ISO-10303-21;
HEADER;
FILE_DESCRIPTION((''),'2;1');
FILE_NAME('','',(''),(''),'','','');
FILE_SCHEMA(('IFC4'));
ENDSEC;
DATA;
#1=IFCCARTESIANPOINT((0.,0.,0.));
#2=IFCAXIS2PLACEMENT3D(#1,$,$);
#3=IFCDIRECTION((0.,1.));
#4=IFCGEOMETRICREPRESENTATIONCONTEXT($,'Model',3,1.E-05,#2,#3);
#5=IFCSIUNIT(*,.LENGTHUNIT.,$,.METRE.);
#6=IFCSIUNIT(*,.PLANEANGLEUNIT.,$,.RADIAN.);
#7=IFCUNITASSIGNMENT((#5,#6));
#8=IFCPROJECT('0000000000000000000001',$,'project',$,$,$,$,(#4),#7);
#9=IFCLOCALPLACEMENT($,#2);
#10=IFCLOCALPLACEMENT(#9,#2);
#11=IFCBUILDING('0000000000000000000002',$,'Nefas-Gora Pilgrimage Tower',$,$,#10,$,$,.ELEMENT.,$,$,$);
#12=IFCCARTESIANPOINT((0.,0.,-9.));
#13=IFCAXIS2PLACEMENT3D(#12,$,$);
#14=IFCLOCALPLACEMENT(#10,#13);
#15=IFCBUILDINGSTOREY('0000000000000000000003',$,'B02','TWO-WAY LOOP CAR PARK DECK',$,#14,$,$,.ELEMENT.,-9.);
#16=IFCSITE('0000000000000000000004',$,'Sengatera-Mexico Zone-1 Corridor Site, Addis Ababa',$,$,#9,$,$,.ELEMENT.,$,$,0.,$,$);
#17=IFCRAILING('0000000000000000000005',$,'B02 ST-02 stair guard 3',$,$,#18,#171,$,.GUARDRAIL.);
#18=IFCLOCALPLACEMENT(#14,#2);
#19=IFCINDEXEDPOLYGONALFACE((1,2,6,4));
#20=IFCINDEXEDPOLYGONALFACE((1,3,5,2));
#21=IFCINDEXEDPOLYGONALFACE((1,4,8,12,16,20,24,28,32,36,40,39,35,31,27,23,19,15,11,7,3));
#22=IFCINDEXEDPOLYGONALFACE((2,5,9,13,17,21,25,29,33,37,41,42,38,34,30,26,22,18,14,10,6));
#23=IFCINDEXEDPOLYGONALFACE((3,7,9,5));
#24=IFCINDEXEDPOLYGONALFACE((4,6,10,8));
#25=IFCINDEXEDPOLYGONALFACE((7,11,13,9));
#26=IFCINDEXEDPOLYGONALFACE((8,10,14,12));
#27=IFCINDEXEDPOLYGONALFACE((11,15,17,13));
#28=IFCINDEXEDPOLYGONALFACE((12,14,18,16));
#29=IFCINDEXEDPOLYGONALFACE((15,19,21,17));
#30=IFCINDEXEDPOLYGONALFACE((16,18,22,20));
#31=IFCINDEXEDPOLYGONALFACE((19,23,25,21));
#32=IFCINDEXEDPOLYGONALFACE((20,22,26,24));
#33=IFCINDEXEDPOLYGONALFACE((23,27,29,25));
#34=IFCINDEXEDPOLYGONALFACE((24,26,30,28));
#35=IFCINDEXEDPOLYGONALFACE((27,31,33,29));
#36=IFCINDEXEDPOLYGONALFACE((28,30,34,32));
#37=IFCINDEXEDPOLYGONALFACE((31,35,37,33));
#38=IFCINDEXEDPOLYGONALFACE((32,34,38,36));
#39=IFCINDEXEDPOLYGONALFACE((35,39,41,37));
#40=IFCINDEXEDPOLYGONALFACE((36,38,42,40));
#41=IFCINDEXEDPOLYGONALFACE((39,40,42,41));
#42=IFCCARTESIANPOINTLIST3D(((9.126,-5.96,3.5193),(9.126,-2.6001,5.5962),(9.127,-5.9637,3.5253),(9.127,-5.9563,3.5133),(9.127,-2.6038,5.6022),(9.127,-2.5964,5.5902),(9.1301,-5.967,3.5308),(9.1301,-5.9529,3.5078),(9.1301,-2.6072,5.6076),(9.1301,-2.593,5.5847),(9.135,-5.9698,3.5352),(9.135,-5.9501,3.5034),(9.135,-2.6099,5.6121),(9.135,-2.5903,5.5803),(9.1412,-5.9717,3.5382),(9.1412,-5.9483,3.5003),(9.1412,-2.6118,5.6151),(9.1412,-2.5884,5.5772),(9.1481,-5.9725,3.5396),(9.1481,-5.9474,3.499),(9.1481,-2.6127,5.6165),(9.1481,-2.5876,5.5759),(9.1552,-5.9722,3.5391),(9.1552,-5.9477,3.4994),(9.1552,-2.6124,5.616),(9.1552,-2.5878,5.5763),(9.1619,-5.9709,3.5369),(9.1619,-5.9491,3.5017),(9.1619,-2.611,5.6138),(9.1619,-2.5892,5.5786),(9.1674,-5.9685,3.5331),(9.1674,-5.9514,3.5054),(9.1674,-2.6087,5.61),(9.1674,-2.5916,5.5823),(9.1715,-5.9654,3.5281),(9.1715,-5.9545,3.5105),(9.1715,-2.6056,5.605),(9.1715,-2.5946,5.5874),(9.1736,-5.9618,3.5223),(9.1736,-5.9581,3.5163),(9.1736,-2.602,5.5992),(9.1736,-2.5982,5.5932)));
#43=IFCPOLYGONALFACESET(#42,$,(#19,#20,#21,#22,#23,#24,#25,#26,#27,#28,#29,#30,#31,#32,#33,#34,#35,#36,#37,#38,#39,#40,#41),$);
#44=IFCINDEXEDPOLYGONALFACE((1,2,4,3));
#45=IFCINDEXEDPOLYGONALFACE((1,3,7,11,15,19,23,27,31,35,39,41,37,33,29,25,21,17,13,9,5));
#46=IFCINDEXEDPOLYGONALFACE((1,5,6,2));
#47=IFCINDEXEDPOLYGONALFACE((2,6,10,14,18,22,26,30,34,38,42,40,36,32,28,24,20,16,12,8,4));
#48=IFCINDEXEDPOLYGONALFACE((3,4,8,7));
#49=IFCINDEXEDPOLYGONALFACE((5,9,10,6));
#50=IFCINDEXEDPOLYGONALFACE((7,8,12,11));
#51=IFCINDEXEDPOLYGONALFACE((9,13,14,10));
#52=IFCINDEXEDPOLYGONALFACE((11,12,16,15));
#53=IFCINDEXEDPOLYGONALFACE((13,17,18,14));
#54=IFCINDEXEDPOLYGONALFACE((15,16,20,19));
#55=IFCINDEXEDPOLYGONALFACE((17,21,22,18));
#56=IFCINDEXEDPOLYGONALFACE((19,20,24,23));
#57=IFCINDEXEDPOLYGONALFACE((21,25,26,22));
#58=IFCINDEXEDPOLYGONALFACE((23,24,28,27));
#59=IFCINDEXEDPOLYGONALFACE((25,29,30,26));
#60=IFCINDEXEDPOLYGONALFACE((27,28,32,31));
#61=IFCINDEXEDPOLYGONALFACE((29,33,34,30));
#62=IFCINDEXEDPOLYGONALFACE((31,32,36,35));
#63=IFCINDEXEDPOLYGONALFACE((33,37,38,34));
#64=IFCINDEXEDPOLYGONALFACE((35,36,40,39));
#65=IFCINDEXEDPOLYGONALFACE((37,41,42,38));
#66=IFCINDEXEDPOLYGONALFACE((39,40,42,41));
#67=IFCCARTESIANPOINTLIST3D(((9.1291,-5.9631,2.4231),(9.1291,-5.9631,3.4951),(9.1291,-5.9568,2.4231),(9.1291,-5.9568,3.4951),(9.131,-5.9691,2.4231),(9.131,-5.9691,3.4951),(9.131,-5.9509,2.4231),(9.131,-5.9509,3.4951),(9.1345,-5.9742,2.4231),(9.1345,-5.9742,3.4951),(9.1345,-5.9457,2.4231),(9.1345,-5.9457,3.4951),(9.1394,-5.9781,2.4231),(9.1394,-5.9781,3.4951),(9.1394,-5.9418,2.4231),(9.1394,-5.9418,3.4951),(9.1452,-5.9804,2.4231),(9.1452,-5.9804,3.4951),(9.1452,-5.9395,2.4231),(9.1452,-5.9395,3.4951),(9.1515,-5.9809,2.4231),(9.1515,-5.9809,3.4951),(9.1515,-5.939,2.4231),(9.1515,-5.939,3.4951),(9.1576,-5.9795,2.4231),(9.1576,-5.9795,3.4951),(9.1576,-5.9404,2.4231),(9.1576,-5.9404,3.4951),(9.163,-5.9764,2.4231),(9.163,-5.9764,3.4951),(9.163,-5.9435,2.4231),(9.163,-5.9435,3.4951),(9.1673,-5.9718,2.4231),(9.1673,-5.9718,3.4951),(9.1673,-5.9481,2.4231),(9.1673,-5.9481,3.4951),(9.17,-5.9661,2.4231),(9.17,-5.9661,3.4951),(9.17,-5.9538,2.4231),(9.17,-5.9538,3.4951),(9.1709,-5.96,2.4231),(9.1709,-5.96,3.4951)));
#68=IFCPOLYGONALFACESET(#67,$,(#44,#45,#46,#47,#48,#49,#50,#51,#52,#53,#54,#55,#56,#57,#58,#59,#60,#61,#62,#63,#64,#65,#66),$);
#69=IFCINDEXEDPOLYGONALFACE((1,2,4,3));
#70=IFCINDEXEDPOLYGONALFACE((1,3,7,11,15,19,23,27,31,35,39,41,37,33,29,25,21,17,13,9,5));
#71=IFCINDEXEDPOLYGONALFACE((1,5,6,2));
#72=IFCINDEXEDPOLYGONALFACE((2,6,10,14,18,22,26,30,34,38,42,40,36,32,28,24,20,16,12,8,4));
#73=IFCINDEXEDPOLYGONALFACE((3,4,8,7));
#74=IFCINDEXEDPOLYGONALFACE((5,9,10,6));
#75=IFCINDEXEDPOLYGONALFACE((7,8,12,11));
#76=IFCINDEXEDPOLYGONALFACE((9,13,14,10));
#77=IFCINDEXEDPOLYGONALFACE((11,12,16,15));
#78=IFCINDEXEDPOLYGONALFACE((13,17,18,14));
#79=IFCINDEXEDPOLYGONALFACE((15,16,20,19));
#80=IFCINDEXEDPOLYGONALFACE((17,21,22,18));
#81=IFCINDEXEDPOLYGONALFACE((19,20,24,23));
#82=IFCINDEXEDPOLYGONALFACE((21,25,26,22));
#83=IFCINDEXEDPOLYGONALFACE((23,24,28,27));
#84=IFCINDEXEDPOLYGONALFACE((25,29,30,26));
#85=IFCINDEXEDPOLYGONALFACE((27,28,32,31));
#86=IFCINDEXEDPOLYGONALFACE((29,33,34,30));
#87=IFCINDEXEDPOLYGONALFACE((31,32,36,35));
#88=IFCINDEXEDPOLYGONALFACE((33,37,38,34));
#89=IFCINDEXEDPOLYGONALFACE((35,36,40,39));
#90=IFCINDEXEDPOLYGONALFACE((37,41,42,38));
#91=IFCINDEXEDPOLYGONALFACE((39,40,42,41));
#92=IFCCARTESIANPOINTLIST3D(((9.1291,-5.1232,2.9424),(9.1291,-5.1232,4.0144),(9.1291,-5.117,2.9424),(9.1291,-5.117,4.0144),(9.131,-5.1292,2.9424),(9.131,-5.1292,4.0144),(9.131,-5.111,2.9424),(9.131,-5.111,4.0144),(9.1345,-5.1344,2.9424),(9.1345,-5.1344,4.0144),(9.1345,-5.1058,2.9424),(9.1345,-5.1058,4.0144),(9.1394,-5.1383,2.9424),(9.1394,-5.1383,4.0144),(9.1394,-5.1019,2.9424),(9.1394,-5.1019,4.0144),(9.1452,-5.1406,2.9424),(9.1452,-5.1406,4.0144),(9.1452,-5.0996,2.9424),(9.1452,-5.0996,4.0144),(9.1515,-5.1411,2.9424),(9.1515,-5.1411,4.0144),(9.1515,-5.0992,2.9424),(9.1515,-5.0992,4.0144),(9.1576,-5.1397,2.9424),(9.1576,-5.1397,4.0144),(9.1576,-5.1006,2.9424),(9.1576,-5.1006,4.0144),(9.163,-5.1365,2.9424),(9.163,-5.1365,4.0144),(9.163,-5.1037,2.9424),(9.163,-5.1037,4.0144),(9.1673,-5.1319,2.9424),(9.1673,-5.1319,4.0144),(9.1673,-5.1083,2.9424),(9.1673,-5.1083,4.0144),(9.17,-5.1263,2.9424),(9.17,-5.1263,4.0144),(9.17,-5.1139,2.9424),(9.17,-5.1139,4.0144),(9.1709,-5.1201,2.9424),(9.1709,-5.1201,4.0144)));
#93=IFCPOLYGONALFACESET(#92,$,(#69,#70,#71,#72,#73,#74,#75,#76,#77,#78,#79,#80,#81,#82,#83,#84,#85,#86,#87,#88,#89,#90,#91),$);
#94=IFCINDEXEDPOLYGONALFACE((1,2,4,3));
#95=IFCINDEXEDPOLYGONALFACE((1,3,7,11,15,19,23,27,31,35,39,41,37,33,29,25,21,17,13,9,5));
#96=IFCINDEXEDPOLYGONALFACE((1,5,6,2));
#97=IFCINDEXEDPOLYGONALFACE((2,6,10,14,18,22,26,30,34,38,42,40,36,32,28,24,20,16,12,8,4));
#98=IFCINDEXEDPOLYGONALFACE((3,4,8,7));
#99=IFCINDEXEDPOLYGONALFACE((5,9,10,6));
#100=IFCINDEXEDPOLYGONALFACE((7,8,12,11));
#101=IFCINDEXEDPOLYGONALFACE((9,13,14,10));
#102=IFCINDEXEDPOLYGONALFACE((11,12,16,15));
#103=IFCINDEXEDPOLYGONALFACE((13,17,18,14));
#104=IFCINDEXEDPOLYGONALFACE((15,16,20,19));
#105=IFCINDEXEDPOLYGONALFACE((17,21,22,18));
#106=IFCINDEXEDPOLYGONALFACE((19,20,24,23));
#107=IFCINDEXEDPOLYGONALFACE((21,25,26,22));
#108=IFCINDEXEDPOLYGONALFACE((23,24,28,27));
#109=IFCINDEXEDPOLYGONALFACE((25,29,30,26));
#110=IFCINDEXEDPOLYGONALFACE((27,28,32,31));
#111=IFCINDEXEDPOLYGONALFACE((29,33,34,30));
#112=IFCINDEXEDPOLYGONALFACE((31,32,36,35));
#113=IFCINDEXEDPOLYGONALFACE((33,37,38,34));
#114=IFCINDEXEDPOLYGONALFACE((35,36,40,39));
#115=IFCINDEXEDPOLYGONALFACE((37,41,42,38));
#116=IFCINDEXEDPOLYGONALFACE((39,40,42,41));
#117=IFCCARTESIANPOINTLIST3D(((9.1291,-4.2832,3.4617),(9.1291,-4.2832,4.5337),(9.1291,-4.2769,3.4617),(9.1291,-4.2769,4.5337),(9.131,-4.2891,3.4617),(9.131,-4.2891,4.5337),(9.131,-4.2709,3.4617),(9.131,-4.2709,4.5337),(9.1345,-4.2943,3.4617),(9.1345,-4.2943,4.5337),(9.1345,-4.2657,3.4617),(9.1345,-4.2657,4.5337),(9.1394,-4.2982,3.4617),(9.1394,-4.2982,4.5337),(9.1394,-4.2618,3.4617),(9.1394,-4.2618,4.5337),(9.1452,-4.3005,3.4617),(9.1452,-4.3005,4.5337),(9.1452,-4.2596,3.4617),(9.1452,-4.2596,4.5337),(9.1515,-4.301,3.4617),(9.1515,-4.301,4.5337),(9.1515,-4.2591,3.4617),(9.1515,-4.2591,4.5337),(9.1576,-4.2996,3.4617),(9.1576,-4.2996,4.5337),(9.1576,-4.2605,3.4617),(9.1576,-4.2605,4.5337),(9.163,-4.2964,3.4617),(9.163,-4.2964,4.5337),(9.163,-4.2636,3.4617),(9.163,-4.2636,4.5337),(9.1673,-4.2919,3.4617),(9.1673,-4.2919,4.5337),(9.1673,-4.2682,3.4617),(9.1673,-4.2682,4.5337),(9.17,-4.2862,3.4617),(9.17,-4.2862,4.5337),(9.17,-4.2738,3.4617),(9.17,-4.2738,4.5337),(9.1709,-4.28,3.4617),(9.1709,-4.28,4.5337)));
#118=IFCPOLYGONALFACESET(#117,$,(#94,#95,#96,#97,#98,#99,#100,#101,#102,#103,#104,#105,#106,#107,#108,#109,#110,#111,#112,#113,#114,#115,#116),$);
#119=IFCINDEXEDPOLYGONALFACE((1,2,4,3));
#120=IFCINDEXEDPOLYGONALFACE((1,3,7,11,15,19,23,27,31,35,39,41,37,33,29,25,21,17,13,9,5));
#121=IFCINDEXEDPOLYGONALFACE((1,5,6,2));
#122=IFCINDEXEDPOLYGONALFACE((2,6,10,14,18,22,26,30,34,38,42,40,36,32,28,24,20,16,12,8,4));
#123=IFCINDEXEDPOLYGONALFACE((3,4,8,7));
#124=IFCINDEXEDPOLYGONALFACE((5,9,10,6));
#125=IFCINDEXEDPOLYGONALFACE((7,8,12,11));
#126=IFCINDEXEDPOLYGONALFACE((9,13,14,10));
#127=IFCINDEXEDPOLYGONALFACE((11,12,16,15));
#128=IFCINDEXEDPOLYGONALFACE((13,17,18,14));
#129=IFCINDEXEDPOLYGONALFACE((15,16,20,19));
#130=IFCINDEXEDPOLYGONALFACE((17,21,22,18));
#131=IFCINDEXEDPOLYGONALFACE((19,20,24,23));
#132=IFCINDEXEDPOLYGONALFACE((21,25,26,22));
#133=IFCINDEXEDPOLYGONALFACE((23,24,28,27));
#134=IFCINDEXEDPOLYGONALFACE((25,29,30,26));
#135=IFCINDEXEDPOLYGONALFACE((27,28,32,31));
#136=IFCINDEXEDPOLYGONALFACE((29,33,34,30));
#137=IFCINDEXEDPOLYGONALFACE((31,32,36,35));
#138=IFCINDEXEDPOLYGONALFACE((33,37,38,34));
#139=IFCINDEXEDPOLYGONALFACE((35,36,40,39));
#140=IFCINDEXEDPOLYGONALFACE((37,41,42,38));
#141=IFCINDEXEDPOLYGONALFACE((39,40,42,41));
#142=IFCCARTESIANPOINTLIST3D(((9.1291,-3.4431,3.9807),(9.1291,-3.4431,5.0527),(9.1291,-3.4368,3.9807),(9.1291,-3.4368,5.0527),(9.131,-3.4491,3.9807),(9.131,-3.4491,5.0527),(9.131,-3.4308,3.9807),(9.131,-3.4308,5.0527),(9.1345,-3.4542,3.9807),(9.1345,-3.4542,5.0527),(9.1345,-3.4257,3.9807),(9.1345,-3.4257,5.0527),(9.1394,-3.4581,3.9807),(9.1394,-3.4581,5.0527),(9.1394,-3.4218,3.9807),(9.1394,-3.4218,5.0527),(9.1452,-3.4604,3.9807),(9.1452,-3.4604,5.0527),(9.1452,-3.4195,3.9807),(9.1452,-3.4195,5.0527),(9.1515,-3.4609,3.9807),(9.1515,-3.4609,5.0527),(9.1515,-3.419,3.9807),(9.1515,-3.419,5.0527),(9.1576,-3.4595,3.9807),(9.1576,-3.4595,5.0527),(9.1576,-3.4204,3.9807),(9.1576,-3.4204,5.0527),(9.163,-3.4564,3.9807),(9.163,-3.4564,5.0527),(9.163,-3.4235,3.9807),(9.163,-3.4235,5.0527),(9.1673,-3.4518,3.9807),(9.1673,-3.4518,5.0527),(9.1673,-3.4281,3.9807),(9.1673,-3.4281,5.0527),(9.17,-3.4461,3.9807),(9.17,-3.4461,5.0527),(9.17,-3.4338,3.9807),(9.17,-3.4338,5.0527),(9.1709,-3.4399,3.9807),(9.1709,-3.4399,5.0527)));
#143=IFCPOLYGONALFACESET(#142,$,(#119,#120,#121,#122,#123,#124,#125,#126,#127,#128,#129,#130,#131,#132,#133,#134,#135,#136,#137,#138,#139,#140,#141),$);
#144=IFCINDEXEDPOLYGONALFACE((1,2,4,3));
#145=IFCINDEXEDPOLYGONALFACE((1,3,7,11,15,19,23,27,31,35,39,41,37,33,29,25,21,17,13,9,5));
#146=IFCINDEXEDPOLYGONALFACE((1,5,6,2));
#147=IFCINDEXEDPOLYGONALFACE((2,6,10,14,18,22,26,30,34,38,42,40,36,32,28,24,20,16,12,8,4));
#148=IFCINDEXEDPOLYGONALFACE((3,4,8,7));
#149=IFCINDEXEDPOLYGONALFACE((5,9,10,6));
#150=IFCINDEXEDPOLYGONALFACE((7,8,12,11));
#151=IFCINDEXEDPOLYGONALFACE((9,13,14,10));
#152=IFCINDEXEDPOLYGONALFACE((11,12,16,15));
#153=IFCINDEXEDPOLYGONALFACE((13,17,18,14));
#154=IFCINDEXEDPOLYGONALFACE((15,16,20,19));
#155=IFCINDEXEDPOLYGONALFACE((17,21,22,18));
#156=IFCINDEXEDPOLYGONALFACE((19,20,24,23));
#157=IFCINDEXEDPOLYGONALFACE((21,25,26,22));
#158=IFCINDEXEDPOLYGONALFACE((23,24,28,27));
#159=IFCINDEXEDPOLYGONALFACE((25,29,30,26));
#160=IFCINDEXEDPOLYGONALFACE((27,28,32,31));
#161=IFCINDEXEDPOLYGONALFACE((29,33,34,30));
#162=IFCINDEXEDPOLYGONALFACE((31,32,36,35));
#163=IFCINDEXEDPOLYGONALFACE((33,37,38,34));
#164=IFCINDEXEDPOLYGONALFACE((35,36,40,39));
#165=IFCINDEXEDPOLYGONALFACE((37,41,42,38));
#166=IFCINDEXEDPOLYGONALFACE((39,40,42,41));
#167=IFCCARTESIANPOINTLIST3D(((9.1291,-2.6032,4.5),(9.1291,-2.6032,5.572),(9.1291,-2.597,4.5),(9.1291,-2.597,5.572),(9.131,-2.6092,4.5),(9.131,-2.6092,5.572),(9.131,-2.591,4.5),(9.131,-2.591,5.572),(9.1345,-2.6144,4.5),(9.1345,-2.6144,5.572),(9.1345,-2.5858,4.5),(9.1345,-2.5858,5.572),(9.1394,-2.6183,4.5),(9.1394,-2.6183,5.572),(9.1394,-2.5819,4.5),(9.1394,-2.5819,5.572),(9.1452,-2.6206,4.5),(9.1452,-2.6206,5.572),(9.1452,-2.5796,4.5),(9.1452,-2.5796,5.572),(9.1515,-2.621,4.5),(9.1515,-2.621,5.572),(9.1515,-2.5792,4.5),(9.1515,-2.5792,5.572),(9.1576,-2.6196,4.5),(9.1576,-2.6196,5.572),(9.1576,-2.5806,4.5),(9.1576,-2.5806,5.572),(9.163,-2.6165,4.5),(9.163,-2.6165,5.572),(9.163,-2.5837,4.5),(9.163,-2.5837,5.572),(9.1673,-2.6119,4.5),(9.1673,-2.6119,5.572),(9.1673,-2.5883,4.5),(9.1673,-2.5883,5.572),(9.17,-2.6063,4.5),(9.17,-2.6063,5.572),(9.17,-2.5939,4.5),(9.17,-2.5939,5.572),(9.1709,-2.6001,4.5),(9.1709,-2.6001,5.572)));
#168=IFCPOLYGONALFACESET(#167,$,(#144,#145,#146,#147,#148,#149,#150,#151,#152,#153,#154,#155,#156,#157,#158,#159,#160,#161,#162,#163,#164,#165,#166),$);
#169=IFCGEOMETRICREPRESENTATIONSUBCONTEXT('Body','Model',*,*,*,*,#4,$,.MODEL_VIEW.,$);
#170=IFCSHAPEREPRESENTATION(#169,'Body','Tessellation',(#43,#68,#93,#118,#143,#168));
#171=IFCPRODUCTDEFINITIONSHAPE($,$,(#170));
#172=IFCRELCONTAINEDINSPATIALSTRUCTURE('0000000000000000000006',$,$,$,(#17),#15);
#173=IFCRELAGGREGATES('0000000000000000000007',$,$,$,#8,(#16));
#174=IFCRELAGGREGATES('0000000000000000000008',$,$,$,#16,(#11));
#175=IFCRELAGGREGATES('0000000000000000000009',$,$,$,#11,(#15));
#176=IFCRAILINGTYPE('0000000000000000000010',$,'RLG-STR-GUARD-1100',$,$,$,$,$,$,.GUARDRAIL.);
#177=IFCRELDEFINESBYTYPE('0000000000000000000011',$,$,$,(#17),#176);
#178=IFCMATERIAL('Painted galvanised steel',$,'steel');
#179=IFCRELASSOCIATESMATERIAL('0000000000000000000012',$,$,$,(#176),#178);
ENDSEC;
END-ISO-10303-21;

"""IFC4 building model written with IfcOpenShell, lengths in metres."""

from ifc_helpers import new_model, si_unit, direction, frame, origin, origin_2d, place, context, subcontext, project, spatial, circle, extrude, material, type_object, element, save


model = new_model("IFC4")

# Units and contexts
model_context = context("Model", 3, precision=1e-05, world=origin(), true_north=direction((0.0, 1.0)))
body_context = subcontext(model_context, "Body", "Model", "MODEL_VIEW")
ifc_project = project(units=[si_unit("LENGTHUNIT", "METRE"), si_unit("PLANEANGLEUNIT", "RADIAN")], contexts=[model_context])

# Site, building, storey
site_placement = place(None, origin())
site = spatial("IfcSite", under=ifc_project, at=site_placement, Name="Sengatera-Mexico Zone-1 Corridor Site, Addis Ababa", CompositionType="ELEMENT", RefElevation=0.0)
building_placement = place(site_placement, origin())
building = spatial("IfcBuilding", under=site, at=building_placement, Name="Nefas-Gora Pilgrimage Tower", CompositionType="ELEMENT")
storey_placement = place(building_placement, frame((0.0, 0.0, -9.0)))
storey = spatial("IfcBuildingStorey", under=building, at=storey_placement, Name="B02", Description="TWO-WAY LOOP CAR PARK DECK", CompositionType="ELEMENT", Elevation=-9.0)

# Railing
ifc_material_1 = material(Name="Painted galvanised steel", Category="steel")
railing_type_1 = type_object("IfcRailingType", Name="RLG-STR-GUARD-1100", PredefinedType="GUARDRAIL", material=ifc_material_1)
railing_1_placement = place(storey_placement, frame((9.1499, -5.96, 2.4231)))
element("IfcRailing", 1, at=railing_1_placement, inside=storey, type_object=railing_type_1, Name="B02 ST-02 stair guard 3", PredefinedType="GUARDRAIL", context=body_context, shape_type="SweptSolid", body=[
    extrude(circle(Radius=0.0239, at=origin_2d()), frame((0.0, 0.0, 1.0962), z_axis=(0.0, 0.850606, 0.525803), x_axis=(-1.0, 0.0, 0.0)), (0.0, 0.0, 1.0), 3.95),
    extrude(circle(Radius=0.021, at=origin_2d()), origin(), (0.0, 0.0, 1.0), 1.072),
    extrude(circle(Radius=0.021, at=origin_2d()), frame((0.0, 0.8398, 0.5193)), (0.0, 0.0, 1.0), 1.072),
    extrude(circle(Radius=0.021, at=origin_2d()), frame((0.0, 1.6799, 1.0386)), (0.0, 0.0, 1.0), 1.072),
    extrude(circle(Radius=0.021, at=origin_2d()), frame((0.0, 2.52, 1.5576)), (0.0, 0.0, 1.0), 1.072),
    extrude(circle(Radius=0.021, at=origin_2d()), frame((0.0, 3.3599, 2.0769)), (0.0, 0.0, 1.0), 1.072),
])

save(model, "model.ifc")
